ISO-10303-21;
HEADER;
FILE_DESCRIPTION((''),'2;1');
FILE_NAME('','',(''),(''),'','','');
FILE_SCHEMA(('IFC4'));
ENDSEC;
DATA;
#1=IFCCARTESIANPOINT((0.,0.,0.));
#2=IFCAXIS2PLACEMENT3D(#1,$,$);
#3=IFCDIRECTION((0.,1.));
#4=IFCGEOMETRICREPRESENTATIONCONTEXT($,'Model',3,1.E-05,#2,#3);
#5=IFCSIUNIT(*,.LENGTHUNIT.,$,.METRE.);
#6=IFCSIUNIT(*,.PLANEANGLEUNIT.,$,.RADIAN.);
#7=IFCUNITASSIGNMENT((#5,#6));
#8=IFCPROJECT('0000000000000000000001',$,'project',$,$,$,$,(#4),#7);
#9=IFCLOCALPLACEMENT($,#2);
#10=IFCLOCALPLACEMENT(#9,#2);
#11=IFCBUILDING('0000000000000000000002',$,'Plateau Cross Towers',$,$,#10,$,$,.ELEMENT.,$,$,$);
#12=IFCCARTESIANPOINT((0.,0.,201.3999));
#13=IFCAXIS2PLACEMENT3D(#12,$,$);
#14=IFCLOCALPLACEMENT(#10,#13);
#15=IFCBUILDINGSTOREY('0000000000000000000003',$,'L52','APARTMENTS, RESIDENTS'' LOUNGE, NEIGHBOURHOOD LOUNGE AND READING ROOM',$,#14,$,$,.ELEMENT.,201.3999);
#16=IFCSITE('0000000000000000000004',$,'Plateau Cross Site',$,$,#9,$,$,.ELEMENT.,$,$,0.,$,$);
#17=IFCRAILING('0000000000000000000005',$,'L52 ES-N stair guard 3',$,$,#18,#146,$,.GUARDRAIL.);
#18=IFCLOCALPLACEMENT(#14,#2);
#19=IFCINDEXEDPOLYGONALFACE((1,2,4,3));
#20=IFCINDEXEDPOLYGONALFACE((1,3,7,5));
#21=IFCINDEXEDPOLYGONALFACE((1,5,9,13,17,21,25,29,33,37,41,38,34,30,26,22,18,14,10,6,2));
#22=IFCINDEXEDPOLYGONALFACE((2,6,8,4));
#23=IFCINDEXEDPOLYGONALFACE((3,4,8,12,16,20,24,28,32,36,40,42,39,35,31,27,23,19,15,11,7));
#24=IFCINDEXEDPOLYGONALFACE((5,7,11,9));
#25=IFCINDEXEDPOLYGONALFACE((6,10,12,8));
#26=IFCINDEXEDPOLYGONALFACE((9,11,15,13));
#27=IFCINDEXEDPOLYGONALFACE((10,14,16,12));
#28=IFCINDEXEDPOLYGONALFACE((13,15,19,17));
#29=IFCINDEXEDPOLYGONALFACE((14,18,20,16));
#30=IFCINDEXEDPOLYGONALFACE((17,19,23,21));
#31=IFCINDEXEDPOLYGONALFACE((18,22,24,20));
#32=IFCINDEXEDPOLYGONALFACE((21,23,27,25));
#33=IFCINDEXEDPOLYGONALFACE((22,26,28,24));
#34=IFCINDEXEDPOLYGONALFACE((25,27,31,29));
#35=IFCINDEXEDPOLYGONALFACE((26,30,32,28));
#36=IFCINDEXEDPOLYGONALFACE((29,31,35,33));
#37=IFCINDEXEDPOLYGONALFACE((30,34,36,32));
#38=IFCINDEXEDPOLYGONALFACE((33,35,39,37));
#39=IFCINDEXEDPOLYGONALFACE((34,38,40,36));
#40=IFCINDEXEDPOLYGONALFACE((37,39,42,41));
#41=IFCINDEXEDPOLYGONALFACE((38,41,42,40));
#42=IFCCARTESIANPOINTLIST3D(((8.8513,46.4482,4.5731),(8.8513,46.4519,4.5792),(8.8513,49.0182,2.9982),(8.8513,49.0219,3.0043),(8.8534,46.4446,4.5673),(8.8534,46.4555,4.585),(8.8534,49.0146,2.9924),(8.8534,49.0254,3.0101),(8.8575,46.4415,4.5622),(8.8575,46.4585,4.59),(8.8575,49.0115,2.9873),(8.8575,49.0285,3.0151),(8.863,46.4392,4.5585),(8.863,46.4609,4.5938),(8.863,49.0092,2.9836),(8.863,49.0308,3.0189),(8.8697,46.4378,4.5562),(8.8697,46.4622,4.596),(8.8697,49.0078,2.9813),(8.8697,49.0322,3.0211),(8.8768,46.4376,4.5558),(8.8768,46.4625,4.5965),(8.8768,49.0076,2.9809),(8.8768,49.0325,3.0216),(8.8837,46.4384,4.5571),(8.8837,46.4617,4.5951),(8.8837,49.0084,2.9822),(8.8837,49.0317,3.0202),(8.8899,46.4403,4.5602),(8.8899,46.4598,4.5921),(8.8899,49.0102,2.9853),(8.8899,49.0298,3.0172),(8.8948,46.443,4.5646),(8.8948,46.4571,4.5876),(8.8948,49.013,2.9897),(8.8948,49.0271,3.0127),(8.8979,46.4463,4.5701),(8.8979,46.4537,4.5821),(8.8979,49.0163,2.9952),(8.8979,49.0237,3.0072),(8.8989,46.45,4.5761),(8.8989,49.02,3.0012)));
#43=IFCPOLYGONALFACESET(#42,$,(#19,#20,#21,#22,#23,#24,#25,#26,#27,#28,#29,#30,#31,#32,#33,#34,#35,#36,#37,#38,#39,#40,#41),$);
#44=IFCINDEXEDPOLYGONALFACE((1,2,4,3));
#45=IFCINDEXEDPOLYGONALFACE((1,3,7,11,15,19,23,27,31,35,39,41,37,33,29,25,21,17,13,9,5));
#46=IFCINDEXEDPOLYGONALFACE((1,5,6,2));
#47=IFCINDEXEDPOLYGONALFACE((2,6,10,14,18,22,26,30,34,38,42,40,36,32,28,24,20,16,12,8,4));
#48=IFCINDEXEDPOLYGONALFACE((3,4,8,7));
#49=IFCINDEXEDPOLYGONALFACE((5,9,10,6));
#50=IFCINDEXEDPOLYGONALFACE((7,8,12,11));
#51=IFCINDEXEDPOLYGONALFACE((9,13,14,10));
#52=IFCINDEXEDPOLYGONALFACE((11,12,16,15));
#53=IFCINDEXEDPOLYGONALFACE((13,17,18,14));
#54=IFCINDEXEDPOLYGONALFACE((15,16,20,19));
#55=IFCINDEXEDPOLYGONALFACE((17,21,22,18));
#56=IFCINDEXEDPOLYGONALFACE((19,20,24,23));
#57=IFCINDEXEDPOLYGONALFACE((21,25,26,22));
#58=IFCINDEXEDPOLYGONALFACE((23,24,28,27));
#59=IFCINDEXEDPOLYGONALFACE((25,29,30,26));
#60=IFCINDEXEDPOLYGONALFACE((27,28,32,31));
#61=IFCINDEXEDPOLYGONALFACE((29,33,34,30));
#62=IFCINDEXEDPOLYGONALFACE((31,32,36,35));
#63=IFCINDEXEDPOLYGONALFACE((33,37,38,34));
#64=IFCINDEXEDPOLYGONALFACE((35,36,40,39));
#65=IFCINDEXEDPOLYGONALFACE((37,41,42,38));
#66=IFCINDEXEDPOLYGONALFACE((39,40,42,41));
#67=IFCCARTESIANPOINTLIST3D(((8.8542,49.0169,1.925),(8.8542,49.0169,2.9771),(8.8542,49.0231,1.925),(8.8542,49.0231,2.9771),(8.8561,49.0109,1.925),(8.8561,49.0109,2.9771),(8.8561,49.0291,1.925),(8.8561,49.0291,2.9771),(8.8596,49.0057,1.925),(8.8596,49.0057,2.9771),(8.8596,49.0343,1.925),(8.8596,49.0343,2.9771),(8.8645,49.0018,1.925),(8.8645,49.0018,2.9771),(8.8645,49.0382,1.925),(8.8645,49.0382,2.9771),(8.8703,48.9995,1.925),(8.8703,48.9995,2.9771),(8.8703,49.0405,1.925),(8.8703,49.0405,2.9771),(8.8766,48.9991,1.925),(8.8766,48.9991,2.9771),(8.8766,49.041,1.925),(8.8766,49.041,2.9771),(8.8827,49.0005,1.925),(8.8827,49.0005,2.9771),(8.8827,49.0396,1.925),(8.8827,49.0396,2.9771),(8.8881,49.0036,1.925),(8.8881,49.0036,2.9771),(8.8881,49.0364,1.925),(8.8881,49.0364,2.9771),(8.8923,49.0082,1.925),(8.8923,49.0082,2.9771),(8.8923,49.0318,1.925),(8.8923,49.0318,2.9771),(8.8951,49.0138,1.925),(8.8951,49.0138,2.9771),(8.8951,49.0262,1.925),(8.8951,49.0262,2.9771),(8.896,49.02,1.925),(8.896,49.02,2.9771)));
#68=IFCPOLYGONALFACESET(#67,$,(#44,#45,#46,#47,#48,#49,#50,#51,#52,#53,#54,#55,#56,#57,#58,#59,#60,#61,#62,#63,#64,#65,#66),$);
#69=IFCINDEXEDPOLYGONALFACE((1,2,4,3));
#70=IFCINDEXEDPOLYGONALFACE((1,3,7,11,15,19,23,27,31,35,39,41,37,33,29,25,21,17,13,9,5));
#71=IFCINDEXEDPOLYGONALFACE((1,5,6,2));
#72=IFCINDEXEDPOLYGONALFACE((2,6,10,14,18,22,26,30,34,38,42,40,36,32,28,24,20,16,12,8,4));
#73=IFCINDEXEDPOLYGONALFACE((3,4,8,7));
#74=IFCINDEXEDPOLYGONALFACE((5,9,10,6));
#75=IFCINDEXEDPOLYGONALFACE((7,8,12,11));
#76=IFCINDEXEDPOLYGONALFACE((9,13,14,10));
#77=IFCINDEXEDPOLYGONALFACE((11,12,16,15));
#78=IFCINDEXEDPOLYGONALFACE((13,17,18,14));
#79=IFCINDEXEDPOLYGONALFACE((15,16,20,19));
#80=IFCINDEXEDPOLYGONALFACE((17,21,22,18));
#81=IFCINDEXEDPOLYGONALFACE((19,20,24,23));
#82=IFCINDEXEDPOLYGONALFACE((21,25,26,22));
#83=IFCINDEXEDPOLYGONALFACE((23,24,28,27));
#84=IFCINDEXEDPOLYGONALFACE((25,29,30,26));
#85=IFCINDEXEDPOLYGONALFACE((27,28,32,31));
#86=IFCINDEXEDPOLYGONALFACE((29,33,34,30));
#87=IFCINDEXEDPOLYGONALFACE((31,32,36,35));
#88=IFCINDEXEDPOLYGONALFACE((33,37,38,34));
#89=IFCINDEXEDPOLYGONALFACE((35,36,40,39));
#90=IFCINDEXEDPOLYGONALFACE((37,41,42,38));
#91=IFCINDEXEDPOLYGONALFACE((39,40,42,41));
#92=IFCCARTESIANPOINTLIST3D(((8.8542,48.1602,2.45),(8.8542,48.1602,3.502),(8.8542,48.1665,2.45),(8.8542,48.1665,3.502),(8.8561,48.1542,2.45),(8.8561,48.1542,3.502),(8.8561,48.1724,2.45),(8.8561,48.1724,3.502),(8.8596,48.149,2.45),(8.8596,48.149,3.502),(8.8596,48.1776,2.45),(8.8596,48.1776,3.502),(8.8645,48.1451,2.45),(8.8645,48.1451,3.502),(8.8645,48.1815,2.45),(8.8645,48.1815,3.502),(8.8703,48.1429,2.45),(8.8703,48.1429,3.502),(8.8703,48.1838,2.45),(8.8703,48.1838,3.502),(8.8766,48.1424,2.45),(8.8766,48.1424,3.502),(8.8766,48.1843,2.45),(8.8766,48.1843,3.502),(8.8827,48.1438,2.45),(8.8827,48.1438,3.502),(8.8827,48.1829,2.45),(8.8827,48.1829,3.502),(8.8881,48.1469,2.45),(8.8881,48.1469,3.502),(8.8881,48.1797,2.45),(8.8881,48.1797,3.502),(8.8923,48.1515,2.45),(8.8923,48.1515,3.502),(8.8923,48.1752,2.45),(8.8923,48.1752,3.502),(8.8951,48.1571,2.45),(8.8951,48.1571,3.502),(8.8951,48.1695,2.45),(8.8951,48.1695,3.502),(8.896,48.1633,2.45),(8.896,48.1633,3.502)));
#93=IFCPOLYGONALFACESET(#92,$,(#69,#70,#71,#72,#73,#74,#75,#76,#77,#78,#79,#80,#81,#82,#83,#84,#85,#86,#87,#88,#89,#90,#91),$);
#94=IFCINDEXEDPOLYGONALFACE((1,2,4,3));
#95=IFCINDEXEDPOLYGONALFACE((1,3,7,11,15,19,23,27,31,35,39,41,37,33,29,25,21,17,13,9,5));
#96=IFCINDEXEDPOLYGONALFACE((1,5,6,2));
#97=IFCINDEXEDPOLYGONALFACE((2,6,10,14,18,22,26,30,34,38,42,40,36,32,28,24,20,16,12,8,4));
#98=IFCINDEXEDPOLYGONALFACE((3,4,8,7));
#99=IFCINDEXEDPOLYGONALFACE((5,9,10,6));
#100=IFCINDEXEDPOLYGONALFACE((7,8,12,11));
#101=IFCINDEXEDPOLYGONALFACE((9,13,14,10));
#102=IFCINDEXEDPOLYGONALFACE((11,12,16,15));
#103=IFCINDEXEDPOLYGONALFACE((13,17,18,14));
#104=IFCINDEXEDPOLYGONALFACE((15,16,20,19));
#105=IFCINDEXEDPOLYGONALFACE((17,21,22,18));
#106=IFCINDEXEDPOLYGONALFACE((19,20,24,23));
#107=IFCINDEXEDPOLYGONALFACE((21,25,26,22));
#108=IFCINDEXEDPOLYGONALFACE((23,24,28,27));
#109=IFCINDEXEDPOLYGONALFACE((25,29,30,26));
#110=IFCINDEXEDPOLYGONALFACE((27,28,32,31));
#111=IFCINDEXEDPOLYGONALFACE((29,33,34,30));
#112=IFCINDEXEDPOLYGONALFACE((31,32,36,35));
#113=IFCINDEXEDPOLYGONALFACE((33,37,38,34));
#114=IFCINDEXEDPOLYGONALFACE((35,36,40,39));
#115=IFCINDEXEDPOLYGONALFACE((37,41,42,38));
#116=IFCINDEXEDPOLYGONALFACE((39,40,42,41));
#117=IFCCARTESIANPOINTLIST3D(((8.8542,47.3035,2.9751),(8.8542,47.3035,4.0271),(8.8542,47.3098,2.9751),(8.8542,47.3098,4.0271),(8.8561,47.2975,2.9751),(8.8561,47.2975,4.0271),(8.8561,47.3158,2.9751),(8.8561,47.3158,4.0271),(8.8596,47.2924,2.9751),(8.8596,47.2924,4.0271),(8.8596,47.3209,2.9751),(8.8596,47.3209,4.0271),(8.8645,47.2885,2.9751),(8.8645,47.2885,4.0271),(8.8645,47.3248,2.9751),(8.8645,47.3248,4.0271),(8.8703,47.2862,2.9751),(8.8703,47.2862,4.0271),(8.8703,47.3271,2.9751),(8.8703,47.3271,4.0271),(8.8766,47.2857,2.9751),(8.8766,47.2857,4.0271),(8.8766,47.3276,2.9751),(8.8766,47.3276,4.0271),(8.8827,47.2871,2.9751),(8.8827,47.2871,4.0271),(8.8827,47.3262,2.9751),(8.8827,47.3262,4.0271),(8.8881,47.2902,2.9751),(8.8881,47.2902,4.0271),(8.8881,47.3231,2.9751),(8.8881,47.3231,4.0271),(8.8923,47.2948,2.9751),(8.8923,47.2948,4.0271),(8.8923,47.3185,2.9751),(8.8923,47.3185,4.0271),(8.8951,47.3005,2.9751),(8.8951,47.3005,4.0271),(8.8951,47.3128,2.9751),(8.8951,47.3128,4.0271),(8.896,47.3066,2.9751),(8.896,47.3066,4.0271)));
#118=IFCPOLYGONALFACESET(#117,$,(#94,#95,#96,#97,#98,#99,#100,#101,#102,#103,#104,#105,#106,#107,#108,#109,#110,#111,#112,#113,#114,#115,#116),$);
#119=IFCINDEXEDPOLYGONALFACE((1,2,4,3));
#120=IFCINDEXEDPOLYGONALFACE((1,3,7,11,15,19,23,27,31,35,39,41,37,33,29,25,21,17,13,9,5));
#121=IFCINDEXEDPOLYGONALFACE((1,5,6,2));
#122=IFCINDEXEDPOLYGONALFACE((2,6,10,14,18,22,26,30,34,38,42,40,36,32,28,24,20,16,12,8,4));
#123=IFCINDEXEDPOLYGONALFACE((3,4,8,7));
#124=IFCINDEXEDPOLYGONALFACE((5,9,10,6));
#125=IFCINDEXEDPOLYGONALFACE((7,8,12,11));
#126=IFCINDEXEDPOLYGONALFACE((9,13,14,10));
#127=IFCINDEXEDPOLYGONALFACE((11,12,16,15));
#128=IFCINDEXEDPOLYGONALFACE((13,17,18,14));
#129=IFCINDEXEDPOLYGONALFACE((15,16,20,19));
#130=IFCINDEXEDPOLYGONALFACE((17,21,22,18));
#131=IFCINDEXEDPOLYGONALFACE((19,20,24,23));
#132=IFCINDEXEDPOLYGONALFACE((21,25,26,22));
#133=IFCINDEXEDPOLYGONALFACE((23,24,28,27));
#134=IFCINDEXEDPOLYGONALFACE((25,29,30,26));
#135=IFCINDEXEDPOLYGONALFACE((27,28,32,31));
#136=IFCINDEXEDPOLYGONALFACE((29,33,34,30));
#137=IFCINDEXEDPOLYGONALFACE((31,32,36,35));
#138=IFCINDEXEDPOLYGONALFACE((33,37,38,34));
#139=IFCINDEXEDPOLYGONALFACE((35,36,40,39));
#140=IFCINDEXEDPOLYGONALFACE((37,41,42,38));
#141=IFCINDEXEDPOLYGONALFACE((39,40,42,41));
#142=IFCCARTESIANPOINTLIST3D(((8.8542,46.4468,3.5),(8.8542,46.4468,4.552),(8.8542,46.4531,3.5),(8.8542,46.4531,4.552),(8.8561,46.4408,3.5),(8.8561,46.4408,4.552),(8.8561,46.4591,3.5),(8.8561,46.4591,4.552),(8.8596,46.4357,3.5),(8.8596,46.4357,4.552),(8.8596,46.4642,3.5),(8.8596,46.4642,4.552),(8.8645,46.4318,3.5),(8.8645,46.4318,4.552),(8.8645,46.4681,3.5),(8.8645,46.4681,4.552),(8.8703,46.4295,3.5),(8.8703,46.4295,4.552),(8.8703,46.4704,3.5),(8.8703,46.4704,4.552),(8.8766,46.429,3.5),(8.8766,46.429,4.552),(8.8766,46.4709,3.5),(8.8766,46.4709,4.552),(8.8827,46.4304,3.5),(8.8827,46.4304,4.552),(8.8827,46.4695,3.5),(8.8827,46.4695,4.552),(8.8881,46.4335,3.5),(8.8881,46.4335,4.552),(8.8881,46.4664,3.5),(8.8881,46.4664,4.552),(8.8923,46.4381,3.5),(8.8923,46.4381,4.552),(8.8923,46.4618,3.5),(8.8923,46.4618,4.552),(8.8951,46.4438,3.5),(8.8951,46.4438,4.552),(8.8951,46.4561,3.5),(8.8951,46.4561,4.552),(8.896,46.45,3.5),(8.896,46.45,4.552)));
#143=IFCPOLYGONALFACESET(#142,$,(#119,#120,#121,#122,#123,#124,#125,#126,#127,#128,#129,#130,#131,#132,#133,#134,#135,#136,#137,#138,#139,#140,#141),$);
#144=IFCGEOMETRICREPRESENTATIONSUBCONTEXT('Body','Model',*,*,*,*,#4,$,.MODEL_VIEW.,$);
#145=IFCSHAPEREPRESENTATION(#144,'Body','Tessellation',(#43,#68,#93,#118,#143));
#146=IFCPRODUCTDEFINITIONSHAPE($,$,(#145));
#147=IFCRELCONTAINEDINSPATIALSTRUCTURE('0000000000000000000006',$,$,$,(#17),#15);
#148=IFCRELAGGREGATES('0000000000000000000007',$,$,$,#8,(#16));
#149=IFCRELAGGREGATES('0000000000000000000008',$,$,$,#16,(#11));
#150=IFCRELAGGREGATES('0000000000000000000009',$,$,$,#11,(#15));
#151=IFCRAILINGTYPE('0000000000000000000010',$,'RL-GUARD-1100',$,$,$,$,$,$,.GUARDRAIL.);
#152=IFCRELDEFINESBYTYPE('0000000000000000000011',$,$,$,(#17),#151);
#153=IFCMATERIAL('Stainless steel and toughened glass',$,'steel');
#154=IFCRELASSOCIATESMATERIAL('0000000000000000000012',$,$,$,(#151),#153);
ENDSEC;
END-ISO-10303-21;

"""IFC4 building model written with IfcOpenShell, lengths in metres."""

from ifc_helpers import new_model, si_unit, direction, frame, origin, origin_2d, place, context, subcontext, project, spatial, circle, extrude, material, type_object, element, save


model = new_model("IFC4")

# Units and contexts
model_context = context("Model", 3, precision=1e-05, world=origin(), true_north=direction((0.0, 1.0)))
body_context = subcontext(model_context, "Body", "Model", "MODEL_VIEW")
ifc_project = project(units=[si_unit("LENGTHUNIT", "METRE"), si_unit("PLANEANGLEUNIT", "RADIAN")], contexts=[model_context])

# Site, building, storey
site_placement = place(None, origin())
site = spatial("IfcSite", under=ifc_project, at=site_placement, Name="Plateau Cross Site", CompositionType="ELEMENT", RefElevation=0.0)
building_placement = place(site_placement, origin())
building = spatial("IfcBuilding", under=site, at=building_placement, Name="Plateau Cross Towers", CompositionType="ELEMENT")
storey_placement = place(building_placement, frame((0.0, 0.0, 201.3999)))
storey = spatial("IfcBuildingStorey", under=building, at=storey_placement, Name="L52", Description="APARTMENTS, RESIDENTS' LOUNGE, NEIGHBOURHOOD LOUNGE AND READING ROOM", CompositionType="ELEMENT", Elevation=201.3999)

# Railing
ifc_material_1 = material(Name="Stainless steel and toughened glass", Category="steel")
railing_type = type_object("IfcRailingType", Name="RL-GUARD-1100", PredefinedType="GUARDRAIL", material=ifc_material_1)
railing_1_placement = place(storey_placement, frame((8.875, 49.02, 1.925)))
element("IfcRailing", 1, at=railing_1_placement, inside=storey, type_object=railing_type, Name="L52 ES-N stair guard 3", PredefinedType="GUARDRAIL", context=body_context, shape_type="SweptSolid", body=[
    extrude(circle(Radius=0.0239, at=origin_2d()), frame((0.0, 0.0, 1.0762), z_axis=(0.0, -0.852639, 0.522501), x_axis=(1.0, 0.0, 0.0)), (0.0, 0.0, 1.0), 3.0142),
    extrude(circle(Radius=0.021, at=origin_2d()), origin(), (0.0, 0.0, 1.0), 1.052),
    extrude(circle(Radius=0.021, at=origin_2d()), frame((0.0, -0.8567, 0.5249)), (0.0, 0.0, 1.0), 1.052),
    extrude(circle(Radius=0.021, at=origin_2d()), frame((0.0, -1.7134, 1.05)), (0.0, 0.0, 1.0), 1.052),
    extrude(circle(Radius=0.021, at=origin_2d()), frame((0.0, -2.5701, 1.575)), (0.0, 0.0, 1.0), 1.052),
])

save(model, "model.ifc")
